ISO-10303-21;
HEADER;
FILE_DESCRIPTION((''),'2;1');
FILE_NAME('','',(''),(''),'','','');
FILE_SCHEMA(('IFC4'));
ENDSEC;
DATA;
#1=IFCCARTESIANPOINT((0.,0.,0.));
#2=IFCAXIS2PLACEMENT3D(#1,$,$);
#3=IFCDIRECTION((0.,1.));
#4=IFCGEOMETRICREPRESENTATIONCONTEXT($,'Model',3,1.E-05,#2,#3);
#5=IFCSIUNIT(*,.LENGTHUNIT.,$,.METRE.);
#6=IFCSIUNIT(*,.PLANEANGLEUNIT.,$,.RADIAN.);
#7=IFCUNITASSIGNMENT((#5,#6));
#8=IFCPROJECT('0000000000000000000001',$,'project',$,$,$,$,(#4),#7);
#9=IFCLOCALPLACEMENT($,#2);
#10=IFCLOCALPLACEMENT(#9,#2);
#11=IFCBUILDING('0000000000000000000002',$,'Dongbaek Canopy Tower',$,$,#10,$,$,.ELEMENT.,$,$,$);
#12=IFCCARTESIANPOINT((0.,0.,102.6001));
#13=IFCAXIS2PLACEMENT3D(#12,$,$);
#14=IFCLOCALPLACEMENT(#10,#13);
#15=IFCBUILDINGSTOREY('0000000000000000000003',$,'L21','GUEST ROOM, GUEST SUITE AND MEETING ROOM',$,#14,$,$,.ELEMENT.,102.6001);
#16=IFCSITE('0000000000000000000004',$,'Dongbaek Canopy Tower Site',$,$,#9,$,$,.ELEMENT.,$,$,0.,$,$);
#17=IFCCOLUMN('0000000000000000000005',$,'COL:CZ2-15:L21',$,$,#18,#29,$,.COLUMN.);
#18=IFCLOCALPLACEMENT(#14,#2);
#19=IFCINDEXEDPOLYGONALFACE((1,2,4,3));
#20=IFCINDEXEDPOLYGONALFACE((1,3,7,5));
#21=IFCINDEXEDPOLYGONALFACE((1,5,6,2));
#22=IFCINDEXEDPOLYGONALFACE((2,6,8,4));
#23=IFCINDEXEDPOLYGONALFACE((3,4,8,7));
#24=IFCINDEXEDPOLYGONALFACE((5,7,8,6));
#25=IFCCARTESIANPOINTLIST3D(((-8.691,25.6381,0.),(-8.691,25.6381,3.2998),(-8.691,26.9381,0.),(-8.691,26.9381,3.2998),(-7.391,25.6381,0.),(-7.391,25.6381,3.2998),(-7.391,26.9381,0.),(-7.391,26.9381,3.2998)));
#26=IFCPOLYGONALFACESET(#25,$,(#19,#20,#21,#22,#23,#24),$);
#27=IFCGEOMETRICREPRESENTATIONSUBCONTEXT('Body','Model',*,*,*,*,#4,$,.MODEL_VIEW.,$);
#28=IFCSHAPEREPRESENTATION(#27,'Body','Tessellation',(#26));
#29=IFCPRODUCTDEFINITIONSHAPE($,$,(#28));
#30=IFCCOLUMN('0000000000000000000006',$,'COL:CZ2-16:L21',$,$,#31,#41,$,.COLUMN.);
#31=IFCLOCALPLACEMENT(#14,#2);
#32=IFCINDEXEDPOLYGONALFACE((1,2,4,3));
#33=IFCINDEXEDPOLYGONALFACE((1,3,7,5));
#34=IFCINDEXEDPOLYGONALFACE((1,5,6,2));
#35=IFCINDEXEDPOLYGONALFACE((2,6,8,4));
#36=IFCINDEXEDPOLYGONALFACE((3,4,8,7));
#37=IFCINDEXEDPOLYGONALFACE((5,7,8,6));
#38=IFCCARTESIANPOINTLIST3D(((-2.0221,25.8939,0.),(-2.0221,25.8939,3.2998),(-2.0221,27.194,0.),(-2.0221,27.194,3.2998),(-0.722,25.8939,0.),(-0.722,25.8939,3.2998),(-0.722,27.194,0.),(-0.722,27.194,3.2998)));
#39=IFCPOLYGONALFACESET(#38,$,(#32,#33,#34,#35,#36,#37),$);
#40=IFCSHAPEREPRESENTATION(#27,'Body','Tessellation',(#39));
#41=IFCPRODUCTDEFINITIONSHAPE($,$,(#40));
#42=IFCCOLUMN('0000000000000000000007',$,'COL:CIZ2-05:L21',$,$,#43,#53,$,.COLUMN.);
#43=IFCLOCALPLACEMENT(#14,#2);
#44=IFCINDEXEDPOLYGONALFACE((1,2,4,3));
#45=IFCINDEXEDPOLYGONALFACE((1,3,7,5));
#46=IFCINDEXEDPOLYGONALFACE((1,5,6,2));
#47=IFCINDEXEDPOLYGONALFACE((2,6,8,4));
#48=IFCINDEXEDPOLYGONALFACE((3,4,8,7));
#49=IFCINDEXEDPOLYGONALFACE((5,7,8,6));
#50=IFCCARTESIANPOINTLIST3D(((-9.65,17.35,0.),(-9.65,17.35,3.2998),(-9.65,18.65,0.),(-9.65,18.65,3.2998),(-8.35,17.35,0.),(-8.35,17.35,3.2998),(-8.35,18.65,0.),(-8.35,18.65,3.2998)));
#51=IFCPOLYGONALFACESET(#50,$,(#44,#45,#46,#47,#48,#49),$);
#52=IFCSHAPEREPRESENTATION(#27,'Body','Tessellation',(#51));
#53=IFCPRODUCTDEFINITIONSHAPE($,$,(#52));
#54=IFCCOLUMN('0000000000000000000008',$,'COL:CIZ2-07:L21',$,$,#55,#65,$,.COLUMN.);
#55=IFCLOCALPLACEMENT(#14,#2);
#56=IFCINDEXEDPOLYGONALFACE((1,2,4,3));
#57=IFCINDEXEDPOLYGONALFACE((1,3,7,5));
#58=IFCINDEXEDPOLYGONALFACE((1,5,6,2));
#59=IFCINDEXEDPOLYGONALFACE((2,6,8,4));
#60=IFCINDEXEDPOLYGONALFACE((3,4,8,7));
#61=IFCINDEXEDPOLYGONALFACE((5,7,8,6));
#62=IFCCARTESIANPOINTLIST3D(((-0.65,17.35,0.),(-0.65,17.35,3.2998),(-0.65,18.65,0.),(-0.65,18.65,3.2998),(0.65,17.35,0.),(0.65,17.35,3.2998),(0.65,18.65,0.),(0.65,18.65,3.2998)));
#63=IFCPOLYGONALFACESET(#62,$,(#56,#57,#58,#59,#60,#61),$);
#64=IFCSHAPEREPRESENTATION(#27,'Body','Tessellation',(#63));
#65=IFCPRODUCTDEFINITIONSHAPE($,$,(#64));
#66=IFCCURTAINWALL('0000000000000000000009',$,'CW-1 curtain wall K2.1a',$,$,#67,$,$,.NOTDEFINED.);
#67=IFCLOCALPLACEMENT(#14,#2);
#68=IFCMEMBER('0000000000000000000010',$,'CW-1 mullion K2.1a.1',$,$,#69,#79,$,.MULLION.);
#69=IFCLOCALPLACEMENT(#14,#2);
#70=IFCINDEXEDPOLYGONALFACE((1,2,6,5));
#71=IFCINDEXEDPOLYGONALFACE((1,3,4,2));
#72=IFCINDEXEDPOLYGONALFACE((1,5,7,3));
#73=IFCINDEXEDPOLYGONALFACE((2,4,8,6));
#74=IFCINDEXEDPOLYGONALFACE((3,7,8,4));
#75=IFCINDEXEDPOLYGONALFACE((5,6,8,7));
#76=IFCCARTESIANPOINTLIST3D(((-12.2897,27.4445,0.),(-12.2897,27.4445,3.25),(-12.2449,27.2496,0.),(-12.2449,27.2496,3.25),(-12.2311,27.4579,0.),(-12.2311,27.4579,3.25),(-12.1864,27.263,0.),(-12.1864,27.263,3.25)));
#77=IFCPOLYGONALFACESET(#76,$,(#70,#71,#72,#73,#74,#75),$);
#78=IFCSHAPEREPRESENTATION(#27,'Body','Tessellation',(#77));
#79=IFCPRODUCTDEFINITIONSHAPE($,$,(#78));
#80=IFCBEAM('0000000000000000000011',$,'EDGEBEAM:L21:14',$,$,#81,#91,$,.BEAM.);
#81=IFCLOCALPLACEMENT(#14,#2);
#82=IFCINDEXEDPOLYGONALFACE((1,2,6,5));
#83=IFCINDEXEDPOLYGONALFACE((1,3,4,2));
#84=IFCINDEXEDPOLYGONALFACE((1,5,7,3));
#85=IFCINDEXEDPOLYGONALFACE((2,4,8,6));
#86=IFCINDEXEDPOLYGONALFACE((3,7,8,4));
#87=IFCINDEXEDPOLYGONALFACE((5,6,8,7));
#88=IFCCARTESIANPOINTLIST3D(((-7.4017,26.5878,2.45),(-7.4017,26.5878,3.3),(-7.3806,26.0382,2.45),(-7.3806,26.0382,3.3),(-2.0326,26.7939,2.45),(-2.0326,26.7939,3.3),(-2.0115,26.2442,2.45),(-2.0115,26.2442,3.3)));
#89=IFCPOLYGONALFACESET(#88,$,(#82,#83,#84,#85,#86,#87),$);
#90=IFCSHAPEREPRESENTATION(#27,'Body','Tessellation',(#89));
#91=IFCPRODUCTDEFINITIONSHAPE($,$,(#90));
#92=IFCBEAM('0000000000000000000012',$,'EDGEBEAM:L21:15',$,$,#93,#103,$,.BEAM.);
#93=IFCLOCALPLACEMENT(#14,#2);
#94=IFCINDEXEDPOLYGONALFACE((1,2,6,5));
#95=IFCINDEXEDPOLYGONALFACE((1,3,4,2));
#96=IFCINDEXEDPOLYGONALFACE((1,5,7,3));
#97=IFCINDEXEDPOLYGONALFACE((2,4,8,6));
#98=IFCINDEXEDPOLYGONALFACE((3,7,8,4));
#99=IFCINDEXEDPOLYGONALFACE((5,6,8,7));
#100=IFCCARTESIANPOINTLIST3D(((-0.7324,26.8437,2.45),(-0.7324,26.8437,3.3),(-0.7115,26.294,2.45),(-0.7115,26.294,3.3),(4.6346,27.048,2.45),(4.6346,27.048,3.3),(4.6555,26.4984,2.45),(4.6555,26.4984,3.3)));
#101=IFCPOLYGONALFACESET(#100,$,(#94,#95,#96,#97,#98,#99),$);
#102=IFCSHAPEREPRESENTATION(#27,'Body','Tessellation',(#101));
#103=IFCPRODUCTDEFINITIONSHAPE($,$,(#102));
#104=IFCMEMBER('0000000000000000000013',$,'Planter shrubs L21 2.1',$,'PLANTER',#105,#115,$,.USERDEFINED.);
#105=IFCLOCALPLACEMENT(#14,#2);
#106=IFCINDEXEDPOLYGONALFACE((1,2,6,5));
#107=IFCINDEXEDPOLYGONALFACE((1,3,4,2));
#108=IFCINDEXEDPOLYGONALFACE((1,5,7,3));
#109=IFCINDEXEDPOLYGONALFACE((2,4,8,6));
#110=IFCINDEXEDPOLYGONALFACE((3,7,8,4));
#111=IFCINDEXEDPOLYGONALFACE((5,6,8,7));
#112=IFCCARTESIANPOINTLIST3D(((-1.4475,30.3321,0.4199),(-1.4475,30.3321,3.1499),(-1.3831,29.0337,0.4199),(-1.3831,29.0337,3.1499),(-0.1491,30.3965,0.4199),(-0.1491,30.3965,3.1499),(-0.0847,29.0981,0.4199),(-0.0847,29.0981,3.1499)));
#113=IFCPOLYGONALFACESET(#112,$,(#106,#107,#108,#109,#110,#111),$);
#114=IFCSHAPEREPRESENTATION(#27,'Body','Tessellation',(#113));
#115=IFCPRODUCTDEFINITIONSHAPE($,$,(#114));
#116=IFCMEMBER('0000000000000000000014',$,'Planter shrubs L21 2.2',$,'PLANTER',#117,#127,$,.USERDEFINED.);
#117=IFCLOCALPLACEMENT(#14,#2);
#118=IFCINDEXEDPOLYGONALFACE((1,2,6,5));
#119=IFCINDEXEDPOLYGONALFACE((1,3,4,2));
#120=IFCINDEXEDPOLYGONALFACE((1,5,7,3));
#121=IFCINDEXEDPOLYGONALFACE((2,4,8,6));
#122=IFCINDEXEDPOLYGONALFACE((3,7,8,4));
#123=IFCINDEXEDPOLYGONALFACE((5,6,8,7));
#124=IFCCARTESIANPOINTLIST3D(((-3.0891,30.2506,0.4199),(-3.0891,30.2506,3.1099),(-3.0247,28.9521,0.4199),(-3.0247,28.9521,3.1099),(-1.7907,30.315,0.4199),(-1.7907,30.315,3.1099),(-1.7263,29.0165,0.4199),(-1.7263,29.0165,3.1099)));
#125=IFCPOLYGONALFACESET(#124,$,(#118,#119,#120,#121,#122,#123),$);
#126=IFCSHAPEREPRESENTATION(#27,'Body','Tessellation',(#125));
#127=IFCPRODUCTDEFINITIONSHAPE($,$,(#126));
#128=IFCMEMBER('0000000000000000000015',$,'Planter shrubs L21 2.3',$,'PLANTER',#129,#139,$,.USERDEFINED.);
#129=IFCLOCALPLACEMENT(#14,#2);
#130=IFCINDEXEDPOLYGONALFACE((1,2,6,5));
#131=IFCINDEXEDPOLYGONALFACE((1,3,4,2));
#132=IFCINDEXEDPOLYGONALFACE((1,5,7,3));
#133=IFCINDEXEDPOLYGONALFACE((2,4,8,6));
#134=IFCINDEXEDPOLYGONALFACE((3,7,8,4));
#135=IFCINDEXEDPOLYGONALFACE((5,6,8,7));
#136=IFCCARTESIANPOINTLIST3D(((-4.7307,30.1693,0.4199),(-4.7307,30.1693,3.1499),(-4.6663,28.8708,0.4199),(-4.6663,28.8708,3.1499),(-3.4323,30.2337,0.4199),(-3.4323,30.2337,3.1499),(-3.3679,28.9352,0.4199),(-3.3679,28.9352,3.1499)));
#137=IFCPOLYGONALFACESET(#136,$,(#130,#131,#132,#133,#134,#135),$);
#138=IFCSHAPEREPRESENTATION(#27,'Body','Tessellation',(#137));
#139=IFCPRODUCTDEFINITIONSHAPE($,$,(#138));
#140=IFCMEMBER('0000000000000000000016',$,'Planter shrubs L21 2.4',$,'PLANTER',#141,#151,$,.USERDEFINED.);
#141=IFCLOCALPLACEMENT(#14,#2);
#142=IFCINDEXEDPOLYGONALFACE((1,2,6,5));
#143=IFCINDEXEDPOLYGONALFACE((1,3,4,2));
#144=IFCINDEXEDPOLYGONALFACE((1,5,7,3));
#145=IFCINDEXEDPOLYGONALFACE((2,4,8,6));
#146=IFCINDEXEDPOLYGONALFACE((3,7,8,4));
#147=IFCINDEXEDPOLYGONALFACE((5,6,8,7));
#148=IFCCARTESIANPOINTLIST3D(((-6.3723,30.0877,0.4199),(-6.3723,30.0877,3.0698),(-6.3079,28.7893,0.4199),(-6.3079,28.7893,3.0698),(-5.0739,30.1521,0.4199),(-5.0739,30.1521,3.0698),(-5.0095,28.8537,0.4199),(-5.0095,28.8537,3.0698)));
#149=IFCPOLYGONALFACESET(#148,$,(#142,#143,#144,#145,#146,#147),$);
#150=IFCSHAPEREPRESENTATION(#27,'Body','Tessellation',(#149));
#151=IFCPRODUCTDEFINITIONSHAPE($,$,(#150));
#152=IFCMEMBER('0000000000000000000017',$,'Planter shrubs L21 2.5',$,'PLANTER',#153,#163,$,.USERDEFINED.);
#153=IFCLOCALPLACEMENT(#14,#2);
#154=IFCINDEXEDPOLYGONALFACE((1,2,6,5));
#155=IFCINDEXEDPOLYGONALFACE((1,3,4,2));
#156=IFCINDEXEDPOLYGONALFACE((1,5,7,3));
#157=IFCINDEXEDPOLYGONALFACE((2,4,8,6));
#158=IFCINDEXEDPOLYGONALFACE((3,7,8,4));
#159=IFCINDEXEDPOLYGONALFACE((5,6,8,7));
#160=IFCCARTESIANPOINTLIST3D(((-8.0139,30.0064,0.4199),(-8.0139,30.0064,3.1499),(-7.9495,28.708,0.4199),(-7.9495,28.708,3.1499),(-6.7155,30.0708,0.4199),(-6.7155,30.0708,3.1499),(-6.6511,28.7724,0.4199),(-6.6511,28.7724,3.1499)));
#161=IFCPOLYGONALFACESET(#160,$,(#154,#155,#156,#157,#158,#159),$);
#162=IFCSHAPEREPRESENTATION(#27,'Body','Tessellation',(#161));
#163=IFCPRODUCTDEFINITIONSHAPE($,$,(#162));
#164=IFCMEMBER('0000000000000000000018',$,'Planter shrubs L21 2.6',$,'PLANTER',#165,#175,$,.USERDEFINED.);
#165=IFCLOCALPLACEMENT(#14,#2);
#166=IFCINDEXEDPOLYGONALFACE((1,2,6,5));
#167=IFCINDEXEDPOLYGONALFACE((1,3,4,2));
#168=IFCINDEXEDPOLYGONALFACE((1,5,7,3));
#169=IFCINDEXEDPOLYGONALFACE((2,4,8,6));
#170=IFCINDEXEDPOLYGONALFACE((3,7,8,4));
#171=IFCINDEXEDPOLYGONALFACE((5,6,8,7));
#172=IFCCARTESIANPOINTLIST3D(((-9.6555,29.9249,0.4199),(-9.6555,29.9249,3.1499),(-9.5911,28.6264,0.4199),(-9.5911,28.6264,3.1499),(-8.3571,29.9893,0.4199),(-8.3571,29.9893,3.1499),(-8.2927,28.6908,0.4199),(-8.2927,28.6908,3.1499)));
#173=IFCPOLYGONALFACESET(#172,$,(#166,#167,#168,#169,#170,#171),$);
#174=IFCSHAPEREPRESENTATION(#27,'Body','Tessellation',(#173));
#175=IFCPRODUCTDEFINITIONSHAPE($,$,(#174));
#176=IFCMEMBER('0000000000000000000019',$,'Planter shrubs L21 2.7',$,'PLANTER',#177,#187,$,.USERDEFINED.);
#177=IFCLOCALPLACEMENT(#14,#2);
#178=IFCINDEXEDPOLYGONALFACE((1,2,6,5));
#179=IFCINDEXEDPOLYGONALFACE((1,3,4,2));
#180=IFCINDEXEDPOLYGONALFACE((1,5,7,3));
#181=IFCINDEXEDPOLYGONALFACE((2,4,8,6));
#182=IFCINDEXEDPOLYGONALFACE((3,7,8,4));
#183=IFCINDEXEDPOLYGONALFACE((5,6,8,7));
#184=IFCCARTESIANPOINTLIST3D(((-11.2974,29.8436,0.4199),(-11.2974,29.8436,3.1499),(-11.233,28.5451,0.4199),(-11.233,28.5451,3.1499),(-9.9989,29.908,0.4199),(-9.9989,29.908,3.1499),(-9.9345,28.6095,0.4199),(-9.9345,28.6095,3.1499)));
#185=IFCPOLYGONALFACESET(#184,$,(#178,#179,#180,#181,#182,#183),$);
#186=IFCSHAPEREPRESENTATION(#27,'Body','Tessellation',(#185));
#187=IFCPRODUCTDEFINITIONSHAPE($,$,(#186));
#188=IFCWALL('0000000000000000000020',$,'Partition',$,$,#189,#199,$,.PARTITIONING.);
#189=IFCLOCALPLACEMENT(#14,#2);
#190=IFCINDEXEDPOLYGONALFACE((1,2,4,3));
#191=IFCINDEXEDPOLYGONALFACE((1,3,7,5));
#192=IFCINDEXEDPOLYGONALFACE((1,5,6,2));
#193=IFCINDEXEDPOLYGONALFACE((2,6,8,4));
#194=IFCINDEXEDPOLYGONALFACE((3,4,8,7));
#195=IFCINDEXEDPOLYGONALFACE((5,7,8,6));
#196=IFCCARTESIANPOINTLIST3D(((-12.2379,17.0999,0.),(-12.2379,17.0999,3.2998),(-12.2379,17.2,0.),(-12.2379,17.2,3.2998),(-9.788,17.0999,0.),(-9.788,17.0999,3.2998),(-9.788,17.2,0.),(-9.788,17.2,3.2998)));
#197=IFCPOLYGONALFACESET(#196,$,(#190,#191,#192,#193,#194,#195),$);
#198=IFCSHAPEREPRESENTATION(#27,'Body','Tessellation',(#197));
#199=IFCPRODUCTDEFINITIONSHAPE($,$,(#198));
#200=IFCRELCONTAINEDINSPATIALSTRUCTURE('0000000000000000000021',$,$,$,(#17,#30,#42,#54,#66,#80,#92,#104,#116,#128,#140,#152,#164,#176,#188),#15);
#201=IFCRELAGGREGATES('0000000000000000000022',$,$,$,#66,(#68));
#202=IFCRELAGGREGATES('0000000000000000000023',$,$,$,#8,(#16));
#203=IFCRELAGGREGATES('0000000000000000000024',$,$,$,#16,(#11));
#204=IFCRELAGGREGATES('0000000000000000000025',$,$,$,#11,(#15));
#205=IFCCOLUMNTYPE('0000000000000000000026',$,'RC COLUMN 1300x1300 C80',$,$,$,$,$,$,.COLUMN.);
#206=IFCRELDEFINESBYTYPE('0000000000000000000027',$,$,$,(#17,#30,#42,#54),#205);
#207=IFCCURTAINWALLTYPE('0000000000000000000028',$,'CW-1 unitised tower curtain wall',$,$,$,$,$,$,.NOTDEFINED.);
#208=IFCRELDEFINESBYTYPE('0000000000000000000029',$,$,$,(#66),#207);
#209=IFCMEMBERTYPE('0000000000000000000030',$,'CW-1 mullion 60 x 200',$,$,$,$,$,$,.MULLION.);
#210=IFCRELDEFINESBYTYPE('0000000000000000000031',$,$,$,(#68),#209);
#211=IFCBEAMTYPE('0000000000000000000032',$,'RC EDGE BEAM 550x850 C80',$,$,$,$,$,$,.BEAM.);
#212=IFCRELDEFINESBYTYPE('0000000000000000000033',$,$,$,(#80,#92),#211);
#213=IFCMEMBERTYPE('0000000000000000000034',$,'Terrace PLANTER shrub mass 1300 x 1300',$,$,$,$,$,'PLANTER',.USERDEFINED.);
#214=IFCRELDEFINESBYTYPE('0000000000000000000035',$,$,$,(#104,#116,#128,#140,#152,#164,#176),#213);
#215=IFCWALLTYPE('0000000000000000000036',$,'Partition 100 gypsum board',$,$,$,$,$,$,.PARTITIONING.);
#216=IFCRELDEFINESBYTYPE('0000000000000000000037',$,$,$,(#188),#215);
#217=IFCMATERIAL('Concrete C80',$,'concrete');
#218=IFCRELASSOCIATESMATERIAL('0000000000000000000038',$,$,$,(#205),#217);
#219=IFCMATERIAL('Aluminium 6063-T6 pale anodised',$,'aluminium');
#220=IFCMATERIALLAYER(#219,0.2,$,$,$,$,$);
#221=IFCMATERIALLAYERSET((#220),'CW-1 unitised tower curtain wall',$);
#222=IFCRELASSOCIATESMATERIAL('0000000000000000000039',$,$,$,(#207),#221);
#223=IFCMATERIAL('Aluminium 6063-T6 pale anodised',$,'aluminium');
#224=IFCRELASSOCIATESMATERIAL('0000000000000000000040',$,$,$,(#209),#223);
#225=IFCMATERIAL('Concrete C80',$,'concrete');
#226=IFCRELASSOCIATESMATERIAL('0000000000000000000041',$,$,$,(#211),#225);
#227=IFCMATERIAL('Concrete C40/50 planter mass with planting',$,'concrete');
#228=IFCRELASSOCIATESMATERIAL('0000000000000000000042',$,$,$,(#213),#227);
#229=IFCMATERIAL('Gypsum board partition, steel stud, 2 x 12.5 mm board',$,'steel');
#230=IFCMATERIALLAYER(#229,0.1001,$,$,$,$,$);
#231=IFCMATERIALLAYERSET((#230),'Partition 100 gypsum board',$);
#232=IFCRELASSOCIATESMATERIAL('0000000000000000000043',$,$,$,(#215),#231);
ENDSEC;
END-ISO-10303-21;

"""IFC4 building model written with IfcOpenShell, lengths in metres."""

from ifc_helpers import new_model, si_unit, direction, frame, frame_2d, origin, origin_2d, place, context, subcontext, project, spatial, rectangle, extrude, material, layer, layer_set, material_profile, profile_set, type_object, element, aggregate, save


model = new_model("IFC4")

# Units and contexts
model_context = context("Model", 3, precision=1e-05, world=origin(), true_north=direction((0.0, 1.0)))
body_context = subcontext(model_context, "Body", "Model", "MODEL_VIEW")
ifc_project = project(units=[si_unit("LENGTHUNIT", "METRE"), si_unit("PLANEANGLEUNIT", "RADIAN")], contexts=[model_context])

# Site, building, storey
site_placement = place(None, origin())
site = spatial("IfcSite", under=ifc_project, at=site_placement, Name="Dongbaek Canopy Tower Site", CompositionType="ELEMENT", RefElevation=0.0)
building_placement = place(site_placement, origin())
building = spatial("IfcBuilding", under=site, at=building_placement, Name="Dongbaek Canopy Tower", CompositionType="ELEMENT")
storey_placement = place(building_placement, frame((0.0, 0.0, 102.6001)))
storey = spatial("IfcBuildingStorey", under=building, at=storey_placement, Name="L21", Description="GUEST ROOM, GUEST SUITE AND MEETING ROOM", CompositionType="ELEMENT", Elevation=102.6001)

# Columns
ifc_material_1 = material(Name="Concrete C80", Category="concrete")
ifc_material_profile_1 = material_profile(ifc_material_1, rectangle(XDim=1.3, YDim=1.3, at=origin_2d()), Name="RC COLUMN 1300x1300 C80")
ifc_profile_set_1 = profile_set([ifc_material_profile_1], Name="Concrete C80")
column_type = type_object("IfcColumnType", Name="RC COLUMN 1300x1300 C80", PredefinedType="COLUMN", material=ifc_profile_set_1)
for number, where, z_axis, x_axis, name in (
    (1, (-8.041, 26.2881, 0.0), (0.0, 0.0, 1.0), (1.0, 0.0, 0.0), "COL:CZ2-15:L21"),
    (2, (-1.3721, 26.5439, 0.0), (0.0, 0.0, 1.0), (1.0, 0.0, 0.0), "COL:CZ2-16:L21"),
    (3, (-9.0, 18.0, 0.0), (0.0, 0.0, 1.0), (1.0, 0.0, 0.0), "COL:CIZ2-05:L21"),
    (4, (0.0, 18.0, 0.0), (0.0, 0.0, 1.0), (1.0, 0.0, 0.0), "COL:CIZ2-07:L21"),
):
    element("IfcColumn", number, at=place(storey_placement, frame(where, z_axis=z_axis, x_axis=x_axis)), inside=storey, type_object=column_type, Name=name, PredefinedType="COLUMN", context=body_context, shape_type="SweptSolid", body=[
        extrude(rectangle(XDim=1.3, YDim=1.3, at=origin_2d()), origin(), (0.0, 0.0, 1.0), 3.2998),
    ])

# Curtain wall, member
ifc_material_2 = material(Name="Aluminium 6063-T6 pale anodised", Category="aluminium")
ifc_layer_1 = layer(ifc_material_2, 0.2)
ifc_layer_set_1 = layer_set([ifc_layer_1], Name="CW-1 unitised tower curtain wall")
curtain_wall_type = type_object("IfcCurtainWallType", Name="CW-1 unitised tower curtain wall", PredefinedType="NOTDEFINED", material=ifc_layer_set_1)
curtain_wall_1_placement = place(storey_placement, origin())
curtain_wall_1 = element("IfcCurtainWall", 5, at=curtain_wall_1_placement, inside=storey, type_object=curtain_wall_type, Name="CW-1 curtain wall K2.1a", PredefinedType="NOTDEFINED")
ifc_material_3 = material(Name="Aluminium 6063-T6 pale anodised", Category="aluminium")
ifc_material_profile_2 = material_profile(ifc_material_3, rectangle(XDim=0.2, YDim=0.0601, at=origin_2d()), Name="CW-1 mullion 60 x 200")
ifc_profile_set_2 = profile_set([ifc_material_profile_2], Name="Aluminium 6063-T6 pale anodised")
member_type_1 = type_object("IfcMemberType", Name="CW-1 mullion 60 x 200", PredefinedType="MULLION", material=ifc_profile_set_2)
member_1_placement = place(storey_placement, frame((-12.238, 27.3538, 0.0), z_axis=(0.0, 0.0, 1.0), x_axis=(-0.223774, 0.974641, 0.0)))
member_1 = element("IfcMember", 6, at=member_1_placement, type_object=member_type_1, Name="CW-1 mullion K2.1a.1", PredefinedType="MULLION", context=body_context, shape_type="SweptSolid", body=[
    extrude(rectangle(XDim=0.2, YDim=0.0601, at=origin_2d()), origin(), (0.0, 0.0, 1.0), 3.25),
])
aggregate(curtain_wall_1, [member_1])

# Beams
ifc_material_4 = material(Name="Concrete C80", Category="concrete")
ifc_material_profile_3 = material_profile(ifc_material_4, rectangle(XDim=0.55, YDim=0.8501, at=origin_2d()), Name="RC EDGE BEAM 550x850 C80")
ifc_profile_set_3 = profile_set([ifc_material_profile_3], Name="Concrete C80")
beam_type = type_object("IfcBeamType", Name="RC EDGE BEAM 550x850 C80", PredefinedType="BEAM", material=ifc_profile_set_3)
beam_1_placement = place(storey_placement, frame((-7.3911, 26.313, 2.875), z_axis=(0.999264, 0.038349, 0.0), x_axis=(-0.038349, 0.999264, 0.0)))
element("IfcBeam", 7, at=beam_1_placement, inside=storey, type_object=beam_type, Name="EDGEBEAM:L21:14", PredefinedType="BEAM", context=body_context, shape_type="SweptSolid", body=[
    extrude(rectangle(XDim=0.55, YDim=0.8501, at=origin_2d()), origin(), (0.0, 0.0, 1.0), 5.373),
])
beam_2_placement = place(storey_placement, frame((-0.7219, 26.5688, 2.875), z_axis=(0.999276, 0.038047, 0.0), x_axis=(-0.038047, 0.999276, 0.0)))
element("IfcBeam", 8, at=beam_2_placement, inside=storey, type_object=beam_type, Name="EDGEBEAM:L21:15", PredefinedType="BEAM", context=body_context, shape_type="SweptSolid", body=[
    extrude(rectangle(XDim=0.55, YDim=0.8501, at=origin_2d()), origin(), (0.0, 0.0, 1.0), 5.3708),
])

# Members
ifc_material_5 = material(Name="Concrete C40/50 planter mass with planting", Category="concrete")
ifc_material_profile_4 = material_profile(ifc_material_5, rectangle(XDim=1.3, YDim=1.3, at=origin_2d()), Name="Terrace PLANTER shrub mass 1300 x 1300")
ifc_profile_set_4 = profile_set([ifc_material_profile_4], Name="Concrete C40/50 planter mass with planting")
member_type_2 = type_object("IfcMemberType", Name="Terrace PLANTER shrub mass 1300 x 1300", ElementType="PLANTER", PredefinedType="USERDEFINED", material=ifc_profile_set_4)
member_2_placement = place(storey_placement, frame((-0.7661, 29.7151, 0.4199), z_axis=(0.0, 0.0, 1.0), x_axis=(-0.049538, 0.998772, 0.0)))
element("IfcMember", 9, at=member_2_placement, inside=storey, type_object=member_type_2, Name="Planter shrubs L21 2.1", ObjectType="PLANTER", PredefinedType="USERDEFINED", context=body_context, shape_type="SweptSolid", body=[
    extrude(rectangle(XDim=1.3, YDim=1.3, at=origin_2d()), origin(), (0.0, 0.0, 1.0), 2.73),
])
member_3_placement = place(storey_placement, frame((-2.4077, 29.6335, 0.4199), z_axis=(0.0, 0.0, 1.0), x_axis=(-0.049538, 0.998772, 0.0)))
element("IfcMember", 10, at=member_3_placement, inside=storey, type_object=member_type_2, Name="Planter shrubs L21 2.2", ObjectType="PLANTER", PredefinedType="USERDEFINED", context=body_context, shape_type="SweptSolid", body=[
    extrude(rectangle(XDim=1.3, YDim=1.3, at=origin_2d()), origin(), (0.0, 0.0, 1.0), 2.6899),
])
member_4_placement = place(storey_placement, frame((-4.0493, 29.5522, 0.4199), z_axis=(0.0, 0.0, 1.0), x_axis=(-0.049538, 0.998772, 0.0)))
element("IfcMember", 11, at=member_4_placement, inside=storey, type_object=member_type_2, Name="Planter shrubs L21 2.3", ObjectType="PLANTER", PredefinedType="USERDEFINED", context=body_context, shape_type="SweptSolid", body=[
    extrude(rectangle(XDim=1.3, YDim=1.3, at=origin_2d()), origin(), (0.0, 0.0, 1.0), 2.73),
])
member_5_placement = place(storey_placement, frame((-5.6909, 29.4707, 0.4199), z_axis=(0.0, 0.0, 1.0), x_axis=(-0.049538, 0.998772, 0.0)))
element("IfcMember", 12, at=member_5_placement, inside=storey, type_object=member_type_2, Name="Planter shrubs L21 2.4", ObjectType="PLANTER", PredefinedType="USERDEFINED", context=body_context, shape_type="SweptSolid", body=[
    extrude(rectangle(XDim=1.3, YDim=1.3, at=origin_2d()), origin(), (0.0, 0.0, 1.0), 2.6499),
])
for number, where, z_axis, x_axis, name in (
    (13, (-7.3325, 29.3894, 0.4199), (0.0, 0.0, 1.0), (-0.049538, 0.998772, 0.0), "Planter shrubs L21 2.5"),
    (14, (-8.9741, 29.3079, 0.4199), (0.0, 0.0, 1.0), (-0.049538, 0.998772, 0.0), "Planter shrubs L21 2.6"),
    (15, (-10.616, 29.2266, 0.4199), (0.0, 0.0, 1.0), (-0.049538, 0.998772, 0.0), "Planter shrubs L21 2.7"),
):
    element("IfcMember", number, at=place(storey_placement, frame(where, z_axis=z_axis, x_axis=x_axis)), inside=storey, type_object=member_type_2, Name=name, ObjectType="PLANTER", PredefinedType="USERDEFINED", context=body_context, shape_type="SweptSolid", body=[
        extrude(rectangle(XDim=1.3, YDim=1.3, at=origin_2d()), origin(), (0.0, 0.0, 1.0), 2.73),
    ])

# Wall
ifc_material_6 = material(Name="Gypsum board partition, steel stud, 2 x 12.5 mm board", Category="steel")
ifc_layer_2 = layer(ifc_material_6, 0.1001)
ifc_layer_set_2 = layer_set([ifc_layer_2], Name="Partition 100 gypsum board")
wall_type = type_object("IfcWallType", Name="Partition 100 gypsum board", PredefinedType="PARTITIONING", material=ifc_layer_set_2)
wall_1_placement = place(storey_placement, frame((-12.238, 17.1499, 0.0), z_axis=(0.0, 0.0, 1.0), x_axis=(1.0, 0.0, 0.0)))
element("IfcWall", 16, at=wall_1_placement, inside=storey, type_object=wall_type, Name="Partition", PredefinedType="PARTITIONING", context=body_context, shape_type="SweptSolid", body=[
    extrude(rectangle(XDim=2.45, YDim=0.1001, at=frame_2d((1.2251, 0.0))), origin(), (0.0, 0.0, 1.0), 3.2998),
])

save(model, "model.ifc")
